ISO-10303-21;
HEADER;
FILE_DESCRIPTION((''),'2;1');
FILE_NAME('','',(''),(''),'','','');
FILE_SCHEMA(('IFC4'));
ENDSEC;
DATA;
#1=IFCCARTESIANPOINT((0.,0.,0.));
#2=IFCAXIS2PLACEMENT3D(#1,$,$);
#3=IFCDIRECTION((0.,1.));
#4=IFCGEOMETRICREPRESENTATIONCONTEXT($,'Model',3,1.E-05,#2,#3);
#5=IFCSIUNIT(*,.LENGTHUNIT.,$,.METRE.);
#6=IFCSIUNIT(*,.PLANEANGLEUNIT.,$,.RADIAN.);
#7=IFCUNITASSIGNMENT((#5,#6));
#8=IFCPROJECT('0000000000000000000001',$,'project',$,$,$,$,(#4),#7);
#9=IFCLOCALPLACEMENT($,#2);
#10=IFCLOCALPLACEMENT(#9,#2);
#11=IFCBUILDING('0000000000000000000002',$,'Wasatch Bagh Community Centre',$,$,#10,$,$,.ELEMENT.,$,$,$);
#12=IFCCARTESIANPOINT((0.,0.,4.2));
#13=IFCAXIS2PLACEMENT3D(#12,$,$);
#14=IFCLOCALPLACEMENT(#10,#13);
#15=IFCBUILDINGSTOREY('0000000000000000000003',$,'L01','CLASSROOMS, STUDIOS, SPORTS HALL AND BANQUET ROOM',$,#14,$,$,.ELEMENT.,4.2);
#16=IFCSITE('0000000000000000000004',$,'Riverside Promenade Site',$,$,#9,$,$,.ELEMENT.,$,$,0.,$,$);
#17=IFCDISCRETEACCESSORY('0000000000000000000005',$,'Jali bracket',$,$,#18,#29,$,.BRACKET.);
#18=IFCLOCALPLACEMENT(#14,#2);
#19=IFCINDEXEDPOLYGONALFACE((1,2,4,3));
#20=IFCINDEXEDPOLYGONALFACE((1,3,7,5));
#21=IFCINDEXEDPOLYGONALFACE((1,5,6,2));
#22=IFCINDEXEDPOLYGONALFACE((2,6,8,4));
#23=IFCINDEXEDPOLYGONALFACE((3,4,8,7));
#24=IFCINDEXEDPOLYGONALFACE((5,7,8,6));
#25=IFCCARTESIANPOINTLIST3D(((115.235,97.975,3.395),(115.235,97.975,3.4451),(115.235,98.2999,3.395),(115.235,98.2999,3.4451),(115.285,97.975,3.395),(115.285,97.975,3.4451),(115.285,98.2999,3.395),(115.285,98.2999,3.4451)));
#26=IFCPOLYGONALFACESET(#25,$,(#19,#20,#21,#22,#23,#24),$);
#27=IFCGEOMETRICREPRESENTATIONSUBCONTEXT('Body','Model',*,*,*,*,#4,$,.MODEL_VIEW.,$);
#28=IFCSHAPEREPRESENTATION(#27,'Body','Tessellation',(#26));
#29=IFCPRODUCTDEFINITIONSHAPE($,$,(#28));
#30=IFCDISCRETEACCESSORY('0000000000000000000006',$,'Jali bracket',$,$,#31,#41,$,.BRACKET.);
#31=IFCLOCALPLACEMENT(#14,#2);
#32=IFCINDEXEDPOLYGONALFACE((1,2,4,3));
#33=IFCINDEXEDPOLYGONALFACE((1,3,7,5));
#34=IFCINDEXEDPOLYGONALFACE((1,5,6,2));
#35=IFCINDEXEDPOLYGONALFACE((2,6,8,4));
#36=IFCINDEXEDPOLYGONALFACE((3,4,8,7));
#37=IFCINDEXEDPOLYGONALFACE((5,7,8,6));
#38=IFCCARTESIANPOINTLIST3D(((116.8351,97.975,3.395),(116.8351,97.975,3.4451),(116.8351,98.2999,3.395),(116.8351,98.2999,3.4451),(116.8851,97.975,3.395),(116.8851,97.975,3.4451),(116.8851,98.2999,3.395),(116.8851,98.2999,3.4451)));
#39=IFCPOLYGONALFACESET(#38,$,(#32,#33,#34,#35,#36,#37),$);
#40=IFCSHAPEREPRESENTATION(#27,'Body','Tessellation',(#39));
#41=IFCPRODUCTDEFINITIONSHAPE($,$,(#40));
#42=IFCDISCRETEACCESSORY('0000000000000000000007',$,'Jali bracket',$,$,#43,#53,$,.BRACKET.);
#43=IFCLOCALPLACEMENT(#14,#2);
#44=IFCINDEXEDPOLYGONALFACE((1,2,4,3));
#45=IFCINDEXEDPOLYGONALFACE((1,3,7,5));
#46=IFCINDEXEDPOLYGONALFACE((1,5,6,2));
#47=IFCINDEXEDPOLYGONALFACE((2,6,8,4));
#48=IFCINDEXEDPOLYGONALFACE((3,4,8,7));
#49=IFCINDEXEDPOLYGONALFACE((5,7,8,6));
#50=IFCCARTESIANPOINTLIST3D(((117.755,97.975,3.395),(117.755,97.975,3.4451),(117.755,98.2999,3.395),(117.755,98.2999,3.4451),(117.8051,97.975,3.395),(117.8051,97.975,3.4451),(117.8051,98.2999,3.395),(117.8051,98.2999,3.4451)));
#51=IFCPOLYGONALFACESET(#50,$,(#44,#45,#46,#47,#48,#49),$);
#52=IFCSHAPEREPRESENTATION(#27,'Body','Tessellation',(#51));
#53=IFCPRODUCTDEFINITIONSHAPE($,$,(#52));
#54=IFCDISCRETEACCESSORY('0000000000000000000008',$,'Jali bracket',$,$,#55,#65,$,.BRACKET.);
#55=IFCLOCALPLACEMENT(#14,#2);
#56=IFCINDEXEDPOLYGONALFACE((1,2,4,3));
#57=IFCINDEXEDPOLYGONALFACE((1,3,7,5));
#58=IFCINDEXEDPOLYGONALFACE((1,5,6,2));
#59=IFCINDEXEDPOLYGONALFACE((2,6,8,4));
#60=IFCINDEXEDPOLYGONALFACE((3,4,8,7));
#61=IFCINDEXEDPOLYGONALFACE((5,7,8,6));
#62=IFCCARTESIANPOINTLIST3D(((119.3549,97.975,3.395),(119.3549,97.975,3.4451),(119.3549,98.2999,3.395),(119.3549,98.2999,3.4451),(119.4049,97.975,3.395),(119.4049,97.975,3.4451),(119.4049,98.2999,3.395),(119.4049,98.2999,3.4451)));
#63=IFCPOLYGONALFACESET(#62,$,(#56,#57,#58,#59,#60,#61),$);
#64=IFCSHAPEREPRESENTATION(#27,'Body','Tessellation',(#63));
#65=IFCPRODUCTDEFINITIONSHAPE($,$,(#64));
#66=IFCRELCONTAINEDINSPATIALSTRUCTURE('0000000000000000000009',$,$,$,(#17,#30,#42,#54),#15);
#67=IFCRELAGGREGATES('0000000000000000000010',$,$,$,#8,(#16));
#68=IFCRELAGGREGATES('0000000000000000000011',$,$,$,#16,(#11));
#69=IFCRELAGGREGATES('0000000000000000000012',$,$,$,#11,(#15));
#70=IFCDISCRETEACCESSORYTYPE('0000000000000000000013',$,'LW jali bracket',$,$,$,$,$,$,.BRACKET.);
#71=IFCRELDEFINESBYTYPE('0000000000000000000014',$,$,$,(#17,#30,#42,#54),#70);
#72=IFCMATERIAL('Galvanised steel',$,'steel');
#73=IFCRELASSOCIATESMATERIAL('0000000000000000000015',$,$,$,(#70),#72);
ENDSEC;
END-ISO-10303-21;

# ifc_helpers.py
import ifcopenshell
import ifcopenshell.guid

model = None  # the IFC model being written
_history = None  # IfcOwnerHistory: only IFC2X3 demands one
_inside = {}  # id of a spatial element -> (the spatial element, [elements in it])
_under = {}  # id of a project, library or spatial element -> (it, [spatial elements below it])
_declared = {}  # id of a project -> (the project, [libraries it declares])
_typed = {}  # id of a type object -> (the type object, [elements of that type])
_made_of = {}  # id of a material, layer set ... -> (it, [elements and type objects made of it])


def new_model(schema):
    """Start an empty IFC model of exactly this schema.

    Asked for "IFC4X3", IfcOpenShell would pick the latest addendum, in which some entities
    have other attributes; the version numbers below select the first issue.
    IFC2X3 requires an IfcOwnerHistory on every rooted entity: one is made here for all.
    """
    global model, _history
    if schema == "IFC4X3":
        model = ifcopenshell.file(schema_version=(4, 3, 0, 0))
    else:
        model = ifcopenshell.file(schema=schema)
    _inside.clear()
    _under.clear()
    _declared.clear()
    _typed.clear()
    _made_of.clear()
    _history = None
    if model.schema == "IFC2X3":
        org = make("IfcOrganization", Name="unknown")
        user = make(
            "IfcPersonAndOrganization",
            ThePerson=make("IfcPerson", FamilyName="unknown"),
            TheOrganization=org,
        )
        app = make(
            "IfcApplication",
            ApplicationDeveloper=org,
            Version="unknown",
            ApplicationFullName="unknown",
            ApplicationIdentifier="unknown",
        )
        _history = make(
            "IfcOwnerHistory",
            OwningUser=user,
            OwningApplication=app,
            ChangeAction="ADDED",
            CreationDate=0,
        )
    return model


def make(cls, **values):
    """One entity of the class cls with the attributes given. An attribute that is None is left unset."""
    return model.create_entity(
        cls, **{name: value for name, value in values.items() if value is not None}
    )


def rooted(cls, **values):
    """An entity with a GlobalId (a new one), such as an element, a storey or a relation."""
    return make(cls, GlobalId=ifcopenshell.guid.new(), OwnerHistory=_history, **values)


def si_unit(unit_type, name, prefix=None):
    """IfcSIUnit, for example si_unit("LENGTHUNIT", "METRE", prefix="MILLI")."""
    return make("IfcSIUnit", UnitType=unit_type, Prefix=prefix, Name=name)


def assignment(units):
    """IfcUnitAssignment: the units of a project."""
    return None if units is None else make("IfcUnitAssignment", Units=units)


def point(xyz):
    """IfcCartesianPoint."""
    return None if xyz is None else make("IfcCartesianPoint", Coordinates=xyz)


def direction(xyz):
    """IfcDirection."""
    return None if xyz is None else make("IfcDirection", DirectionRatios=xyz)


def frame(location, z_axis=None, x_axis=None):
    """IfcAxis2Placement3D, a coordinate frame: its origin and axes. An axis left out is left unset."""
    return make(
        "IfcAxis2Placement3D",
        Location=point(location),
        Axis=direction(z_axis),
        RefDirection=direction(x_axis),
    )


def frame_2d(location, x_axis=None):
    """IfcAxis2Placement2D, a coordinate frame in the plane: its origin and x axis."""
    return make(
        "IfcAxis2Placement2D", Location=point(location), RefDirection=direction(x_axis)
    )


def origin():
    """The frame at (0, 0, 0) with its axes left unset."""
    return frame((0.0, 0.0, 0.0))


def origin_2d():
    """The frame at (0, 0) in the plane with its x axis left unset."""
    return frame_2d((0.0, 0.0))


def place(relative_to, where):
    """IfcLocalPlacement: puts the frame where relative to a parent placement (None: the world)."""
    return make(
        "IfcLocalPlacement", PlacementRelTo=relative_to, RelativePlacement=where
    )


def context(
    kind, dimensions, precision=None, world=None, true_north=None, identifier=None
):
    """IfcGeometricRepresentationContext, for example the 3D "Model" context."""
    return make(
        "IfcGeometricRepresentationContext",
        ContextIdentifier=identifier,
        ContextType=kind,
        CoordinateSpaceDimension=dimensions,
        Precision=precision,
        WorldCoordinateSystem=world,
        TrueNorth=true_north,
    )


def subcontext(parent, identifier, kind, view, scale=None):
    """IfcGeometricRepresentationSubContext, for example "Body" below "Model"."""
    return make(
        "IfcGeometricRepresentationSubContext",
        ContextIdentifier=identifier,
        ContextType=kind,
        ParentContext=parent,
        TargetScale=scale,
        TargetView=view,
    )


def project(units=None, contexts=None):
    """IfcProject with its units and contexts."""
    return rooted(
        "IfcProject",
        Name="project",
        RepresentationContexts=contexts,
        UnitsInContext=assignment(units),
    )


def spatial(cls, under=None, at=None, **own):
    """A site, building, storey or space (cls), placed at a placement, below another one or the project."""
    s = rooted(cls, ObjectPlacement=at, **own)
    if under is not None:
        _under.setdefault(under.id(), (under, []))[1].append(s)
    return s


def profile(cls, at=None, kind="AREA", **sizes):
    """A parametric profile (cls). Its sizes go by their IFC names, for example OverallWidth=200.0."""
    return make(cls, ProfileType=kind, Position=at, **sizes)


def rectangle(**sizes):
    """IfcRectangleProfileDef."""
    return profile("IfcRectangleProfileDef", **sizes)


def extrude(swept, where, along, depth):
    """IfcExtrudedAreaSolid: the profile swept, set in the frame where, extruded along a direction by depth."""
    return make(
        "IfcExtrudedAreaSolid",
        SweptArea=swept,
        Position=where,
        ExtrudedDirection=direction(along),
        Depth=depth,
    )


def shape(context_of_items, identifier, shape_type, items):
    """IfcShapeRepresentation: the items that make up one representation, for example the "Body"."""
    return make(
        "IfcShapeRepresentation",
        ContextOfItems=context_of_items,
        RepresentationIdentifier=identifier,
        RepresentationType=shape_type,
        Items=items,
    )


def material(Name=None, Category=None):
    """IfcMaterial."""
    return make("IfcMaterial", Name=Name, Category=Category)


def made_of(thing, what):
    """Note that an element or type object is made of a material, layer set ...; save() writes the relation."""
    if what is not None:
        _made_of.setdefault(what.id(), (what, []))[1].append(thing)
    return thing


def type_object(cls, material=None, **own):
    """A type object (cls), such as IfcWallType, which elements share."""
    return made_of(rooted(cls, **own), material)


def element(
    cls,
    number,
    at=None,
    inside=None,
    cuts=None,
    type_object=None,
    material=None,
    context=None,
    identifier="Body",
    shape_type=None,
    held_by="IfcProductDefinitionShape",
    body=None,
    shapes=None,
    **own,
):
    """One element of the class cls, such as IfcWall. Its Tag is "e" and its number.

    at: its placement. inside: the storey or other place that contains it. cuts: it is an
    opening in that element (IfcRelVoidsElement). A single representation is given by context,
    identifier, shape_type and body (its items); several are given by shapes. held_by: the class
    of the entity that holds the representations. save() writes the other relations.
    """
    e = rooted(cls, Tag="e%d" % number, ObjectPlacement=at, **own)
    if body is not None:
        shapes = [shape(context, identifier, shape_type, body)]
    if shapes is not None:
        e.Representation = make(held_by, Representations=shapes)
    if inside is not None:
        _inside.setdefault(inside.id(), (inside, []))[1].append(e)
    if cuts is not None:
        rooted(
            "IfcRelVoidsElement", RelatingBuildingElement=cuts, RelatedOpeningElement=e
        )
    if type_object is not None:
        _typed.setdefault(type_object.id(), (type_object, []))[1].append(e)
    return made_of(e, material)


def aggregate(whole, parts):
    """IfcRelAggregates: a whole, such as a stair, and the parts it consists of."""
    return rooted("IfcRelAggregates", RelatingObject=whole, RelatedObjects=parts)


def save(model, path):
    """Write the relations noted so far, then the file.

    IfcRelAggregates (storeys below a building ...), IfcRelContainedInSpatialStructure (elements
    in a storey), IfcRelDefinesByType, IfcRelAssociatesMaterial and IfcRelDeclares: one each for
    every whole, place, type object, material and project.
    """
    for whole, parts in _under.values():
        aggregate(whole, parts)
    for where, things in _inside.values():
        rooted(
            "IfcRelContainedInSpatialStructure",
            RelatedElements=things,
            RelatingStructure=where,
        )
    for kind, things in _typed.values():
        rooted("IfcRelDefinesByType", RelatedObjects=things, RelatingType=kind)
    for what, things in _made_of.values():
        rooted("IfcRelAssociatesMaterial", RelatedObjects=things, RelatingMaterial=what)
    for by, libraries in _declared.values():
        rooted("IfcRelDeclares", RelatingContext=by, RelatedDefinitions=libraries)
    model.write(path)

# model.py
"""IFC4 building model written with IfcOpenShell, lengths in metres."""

from ifc_helpers import new_model, si_unit, direction, frame, origin, origin_2d, place, context, subcontext, project, spatial, rectangle, extrude, material, type_object, element, save


model = new_model("IFC4")

# Units and contexts
model_context = context("Model", 3, precision=1e-05, world=origin(), true_north=direction((0.0, 1.0)))
body_context = subcontext(model_context, "Body", "Model", "MODEL_VIEW")
ifc_project = project(units=[si_unit("LENGTHUNIT", "METRE"), si_unit("PLANEANGLEUNIT", "RADIAN")], contexts=[model_context])

# Site, building, storey
site_placement = place(None, origin())
site = spatial("IfcSite", under=ifc_project, at=site_placement, Name="Riverside Promenade Site", CompositionType="ELEMENT", RefElevation=0.0)
building_placement = place(site_placement, origin())
building = spatial("IfcBuilding", under=site, at=building_placement, Name="Wasatch Bagh Community Centre", CompositionType="ELEMENT")
storey_placement = place(building_placement, frame((0.0, 0.0, 4.2)))
storey = spatial("IfcBuildingStorey", under=building, at=storey_placement, Name="L01", Description="CLASSROOMS, STUDIOS, SPORTS HALL AND BANQUET ROOM", CompositionType="ELEMENT", Elevation=4.2)

# Discrete accessories
ifc_material_1 = material(Name="Galvanised steel", Category="steel")
discrete_accessory_type = type_object("IfcDiscreteAccessoryType", Name="LW jali bracket", PredefinedType="BRACKET", material=ifc_material_1)
for number, where, z_axis, x_axis, name in (
    (1, (115.26, 98.1375, 3.395), (0.0, 0.0, 1.0), (1.0, 0.0, 0.0), "Jali bracket"),
    (2, (116.8601, 98.1375, 3.395), (0.0, 0.0, 1.0), (1.0, 0.0, 0.0), "Jali bracket"),
    (3, (117.78, 98.1375, 3.395), (0.0, 0.0, 1.0), (1.0, 0.0, 0.0), "Jali bracket"),
    (4, (119.3799, 98.1375, 3.395), (0.0, 0.0, 1.0), (1.0, 0.0, 0.0), "Jali bracket"),
):
    element("IfcDiscreteAccessory", number, at=place(storey_placement, frame(where, z_axis=z_axis, x_axis=x_axis)), inside=storey, type_object=discrete_accessory_type, Name=name, PredefinedType="BRACKET", context=body_context, shape_type="SweptSolid", body=[
        extrude(rectangle(XDim=0.05, YDim=0.325, at=origin_2d()), origin(), (0.0, 0.0, 1.0), 0.05),
    ])

save(model, "model.ifc")
